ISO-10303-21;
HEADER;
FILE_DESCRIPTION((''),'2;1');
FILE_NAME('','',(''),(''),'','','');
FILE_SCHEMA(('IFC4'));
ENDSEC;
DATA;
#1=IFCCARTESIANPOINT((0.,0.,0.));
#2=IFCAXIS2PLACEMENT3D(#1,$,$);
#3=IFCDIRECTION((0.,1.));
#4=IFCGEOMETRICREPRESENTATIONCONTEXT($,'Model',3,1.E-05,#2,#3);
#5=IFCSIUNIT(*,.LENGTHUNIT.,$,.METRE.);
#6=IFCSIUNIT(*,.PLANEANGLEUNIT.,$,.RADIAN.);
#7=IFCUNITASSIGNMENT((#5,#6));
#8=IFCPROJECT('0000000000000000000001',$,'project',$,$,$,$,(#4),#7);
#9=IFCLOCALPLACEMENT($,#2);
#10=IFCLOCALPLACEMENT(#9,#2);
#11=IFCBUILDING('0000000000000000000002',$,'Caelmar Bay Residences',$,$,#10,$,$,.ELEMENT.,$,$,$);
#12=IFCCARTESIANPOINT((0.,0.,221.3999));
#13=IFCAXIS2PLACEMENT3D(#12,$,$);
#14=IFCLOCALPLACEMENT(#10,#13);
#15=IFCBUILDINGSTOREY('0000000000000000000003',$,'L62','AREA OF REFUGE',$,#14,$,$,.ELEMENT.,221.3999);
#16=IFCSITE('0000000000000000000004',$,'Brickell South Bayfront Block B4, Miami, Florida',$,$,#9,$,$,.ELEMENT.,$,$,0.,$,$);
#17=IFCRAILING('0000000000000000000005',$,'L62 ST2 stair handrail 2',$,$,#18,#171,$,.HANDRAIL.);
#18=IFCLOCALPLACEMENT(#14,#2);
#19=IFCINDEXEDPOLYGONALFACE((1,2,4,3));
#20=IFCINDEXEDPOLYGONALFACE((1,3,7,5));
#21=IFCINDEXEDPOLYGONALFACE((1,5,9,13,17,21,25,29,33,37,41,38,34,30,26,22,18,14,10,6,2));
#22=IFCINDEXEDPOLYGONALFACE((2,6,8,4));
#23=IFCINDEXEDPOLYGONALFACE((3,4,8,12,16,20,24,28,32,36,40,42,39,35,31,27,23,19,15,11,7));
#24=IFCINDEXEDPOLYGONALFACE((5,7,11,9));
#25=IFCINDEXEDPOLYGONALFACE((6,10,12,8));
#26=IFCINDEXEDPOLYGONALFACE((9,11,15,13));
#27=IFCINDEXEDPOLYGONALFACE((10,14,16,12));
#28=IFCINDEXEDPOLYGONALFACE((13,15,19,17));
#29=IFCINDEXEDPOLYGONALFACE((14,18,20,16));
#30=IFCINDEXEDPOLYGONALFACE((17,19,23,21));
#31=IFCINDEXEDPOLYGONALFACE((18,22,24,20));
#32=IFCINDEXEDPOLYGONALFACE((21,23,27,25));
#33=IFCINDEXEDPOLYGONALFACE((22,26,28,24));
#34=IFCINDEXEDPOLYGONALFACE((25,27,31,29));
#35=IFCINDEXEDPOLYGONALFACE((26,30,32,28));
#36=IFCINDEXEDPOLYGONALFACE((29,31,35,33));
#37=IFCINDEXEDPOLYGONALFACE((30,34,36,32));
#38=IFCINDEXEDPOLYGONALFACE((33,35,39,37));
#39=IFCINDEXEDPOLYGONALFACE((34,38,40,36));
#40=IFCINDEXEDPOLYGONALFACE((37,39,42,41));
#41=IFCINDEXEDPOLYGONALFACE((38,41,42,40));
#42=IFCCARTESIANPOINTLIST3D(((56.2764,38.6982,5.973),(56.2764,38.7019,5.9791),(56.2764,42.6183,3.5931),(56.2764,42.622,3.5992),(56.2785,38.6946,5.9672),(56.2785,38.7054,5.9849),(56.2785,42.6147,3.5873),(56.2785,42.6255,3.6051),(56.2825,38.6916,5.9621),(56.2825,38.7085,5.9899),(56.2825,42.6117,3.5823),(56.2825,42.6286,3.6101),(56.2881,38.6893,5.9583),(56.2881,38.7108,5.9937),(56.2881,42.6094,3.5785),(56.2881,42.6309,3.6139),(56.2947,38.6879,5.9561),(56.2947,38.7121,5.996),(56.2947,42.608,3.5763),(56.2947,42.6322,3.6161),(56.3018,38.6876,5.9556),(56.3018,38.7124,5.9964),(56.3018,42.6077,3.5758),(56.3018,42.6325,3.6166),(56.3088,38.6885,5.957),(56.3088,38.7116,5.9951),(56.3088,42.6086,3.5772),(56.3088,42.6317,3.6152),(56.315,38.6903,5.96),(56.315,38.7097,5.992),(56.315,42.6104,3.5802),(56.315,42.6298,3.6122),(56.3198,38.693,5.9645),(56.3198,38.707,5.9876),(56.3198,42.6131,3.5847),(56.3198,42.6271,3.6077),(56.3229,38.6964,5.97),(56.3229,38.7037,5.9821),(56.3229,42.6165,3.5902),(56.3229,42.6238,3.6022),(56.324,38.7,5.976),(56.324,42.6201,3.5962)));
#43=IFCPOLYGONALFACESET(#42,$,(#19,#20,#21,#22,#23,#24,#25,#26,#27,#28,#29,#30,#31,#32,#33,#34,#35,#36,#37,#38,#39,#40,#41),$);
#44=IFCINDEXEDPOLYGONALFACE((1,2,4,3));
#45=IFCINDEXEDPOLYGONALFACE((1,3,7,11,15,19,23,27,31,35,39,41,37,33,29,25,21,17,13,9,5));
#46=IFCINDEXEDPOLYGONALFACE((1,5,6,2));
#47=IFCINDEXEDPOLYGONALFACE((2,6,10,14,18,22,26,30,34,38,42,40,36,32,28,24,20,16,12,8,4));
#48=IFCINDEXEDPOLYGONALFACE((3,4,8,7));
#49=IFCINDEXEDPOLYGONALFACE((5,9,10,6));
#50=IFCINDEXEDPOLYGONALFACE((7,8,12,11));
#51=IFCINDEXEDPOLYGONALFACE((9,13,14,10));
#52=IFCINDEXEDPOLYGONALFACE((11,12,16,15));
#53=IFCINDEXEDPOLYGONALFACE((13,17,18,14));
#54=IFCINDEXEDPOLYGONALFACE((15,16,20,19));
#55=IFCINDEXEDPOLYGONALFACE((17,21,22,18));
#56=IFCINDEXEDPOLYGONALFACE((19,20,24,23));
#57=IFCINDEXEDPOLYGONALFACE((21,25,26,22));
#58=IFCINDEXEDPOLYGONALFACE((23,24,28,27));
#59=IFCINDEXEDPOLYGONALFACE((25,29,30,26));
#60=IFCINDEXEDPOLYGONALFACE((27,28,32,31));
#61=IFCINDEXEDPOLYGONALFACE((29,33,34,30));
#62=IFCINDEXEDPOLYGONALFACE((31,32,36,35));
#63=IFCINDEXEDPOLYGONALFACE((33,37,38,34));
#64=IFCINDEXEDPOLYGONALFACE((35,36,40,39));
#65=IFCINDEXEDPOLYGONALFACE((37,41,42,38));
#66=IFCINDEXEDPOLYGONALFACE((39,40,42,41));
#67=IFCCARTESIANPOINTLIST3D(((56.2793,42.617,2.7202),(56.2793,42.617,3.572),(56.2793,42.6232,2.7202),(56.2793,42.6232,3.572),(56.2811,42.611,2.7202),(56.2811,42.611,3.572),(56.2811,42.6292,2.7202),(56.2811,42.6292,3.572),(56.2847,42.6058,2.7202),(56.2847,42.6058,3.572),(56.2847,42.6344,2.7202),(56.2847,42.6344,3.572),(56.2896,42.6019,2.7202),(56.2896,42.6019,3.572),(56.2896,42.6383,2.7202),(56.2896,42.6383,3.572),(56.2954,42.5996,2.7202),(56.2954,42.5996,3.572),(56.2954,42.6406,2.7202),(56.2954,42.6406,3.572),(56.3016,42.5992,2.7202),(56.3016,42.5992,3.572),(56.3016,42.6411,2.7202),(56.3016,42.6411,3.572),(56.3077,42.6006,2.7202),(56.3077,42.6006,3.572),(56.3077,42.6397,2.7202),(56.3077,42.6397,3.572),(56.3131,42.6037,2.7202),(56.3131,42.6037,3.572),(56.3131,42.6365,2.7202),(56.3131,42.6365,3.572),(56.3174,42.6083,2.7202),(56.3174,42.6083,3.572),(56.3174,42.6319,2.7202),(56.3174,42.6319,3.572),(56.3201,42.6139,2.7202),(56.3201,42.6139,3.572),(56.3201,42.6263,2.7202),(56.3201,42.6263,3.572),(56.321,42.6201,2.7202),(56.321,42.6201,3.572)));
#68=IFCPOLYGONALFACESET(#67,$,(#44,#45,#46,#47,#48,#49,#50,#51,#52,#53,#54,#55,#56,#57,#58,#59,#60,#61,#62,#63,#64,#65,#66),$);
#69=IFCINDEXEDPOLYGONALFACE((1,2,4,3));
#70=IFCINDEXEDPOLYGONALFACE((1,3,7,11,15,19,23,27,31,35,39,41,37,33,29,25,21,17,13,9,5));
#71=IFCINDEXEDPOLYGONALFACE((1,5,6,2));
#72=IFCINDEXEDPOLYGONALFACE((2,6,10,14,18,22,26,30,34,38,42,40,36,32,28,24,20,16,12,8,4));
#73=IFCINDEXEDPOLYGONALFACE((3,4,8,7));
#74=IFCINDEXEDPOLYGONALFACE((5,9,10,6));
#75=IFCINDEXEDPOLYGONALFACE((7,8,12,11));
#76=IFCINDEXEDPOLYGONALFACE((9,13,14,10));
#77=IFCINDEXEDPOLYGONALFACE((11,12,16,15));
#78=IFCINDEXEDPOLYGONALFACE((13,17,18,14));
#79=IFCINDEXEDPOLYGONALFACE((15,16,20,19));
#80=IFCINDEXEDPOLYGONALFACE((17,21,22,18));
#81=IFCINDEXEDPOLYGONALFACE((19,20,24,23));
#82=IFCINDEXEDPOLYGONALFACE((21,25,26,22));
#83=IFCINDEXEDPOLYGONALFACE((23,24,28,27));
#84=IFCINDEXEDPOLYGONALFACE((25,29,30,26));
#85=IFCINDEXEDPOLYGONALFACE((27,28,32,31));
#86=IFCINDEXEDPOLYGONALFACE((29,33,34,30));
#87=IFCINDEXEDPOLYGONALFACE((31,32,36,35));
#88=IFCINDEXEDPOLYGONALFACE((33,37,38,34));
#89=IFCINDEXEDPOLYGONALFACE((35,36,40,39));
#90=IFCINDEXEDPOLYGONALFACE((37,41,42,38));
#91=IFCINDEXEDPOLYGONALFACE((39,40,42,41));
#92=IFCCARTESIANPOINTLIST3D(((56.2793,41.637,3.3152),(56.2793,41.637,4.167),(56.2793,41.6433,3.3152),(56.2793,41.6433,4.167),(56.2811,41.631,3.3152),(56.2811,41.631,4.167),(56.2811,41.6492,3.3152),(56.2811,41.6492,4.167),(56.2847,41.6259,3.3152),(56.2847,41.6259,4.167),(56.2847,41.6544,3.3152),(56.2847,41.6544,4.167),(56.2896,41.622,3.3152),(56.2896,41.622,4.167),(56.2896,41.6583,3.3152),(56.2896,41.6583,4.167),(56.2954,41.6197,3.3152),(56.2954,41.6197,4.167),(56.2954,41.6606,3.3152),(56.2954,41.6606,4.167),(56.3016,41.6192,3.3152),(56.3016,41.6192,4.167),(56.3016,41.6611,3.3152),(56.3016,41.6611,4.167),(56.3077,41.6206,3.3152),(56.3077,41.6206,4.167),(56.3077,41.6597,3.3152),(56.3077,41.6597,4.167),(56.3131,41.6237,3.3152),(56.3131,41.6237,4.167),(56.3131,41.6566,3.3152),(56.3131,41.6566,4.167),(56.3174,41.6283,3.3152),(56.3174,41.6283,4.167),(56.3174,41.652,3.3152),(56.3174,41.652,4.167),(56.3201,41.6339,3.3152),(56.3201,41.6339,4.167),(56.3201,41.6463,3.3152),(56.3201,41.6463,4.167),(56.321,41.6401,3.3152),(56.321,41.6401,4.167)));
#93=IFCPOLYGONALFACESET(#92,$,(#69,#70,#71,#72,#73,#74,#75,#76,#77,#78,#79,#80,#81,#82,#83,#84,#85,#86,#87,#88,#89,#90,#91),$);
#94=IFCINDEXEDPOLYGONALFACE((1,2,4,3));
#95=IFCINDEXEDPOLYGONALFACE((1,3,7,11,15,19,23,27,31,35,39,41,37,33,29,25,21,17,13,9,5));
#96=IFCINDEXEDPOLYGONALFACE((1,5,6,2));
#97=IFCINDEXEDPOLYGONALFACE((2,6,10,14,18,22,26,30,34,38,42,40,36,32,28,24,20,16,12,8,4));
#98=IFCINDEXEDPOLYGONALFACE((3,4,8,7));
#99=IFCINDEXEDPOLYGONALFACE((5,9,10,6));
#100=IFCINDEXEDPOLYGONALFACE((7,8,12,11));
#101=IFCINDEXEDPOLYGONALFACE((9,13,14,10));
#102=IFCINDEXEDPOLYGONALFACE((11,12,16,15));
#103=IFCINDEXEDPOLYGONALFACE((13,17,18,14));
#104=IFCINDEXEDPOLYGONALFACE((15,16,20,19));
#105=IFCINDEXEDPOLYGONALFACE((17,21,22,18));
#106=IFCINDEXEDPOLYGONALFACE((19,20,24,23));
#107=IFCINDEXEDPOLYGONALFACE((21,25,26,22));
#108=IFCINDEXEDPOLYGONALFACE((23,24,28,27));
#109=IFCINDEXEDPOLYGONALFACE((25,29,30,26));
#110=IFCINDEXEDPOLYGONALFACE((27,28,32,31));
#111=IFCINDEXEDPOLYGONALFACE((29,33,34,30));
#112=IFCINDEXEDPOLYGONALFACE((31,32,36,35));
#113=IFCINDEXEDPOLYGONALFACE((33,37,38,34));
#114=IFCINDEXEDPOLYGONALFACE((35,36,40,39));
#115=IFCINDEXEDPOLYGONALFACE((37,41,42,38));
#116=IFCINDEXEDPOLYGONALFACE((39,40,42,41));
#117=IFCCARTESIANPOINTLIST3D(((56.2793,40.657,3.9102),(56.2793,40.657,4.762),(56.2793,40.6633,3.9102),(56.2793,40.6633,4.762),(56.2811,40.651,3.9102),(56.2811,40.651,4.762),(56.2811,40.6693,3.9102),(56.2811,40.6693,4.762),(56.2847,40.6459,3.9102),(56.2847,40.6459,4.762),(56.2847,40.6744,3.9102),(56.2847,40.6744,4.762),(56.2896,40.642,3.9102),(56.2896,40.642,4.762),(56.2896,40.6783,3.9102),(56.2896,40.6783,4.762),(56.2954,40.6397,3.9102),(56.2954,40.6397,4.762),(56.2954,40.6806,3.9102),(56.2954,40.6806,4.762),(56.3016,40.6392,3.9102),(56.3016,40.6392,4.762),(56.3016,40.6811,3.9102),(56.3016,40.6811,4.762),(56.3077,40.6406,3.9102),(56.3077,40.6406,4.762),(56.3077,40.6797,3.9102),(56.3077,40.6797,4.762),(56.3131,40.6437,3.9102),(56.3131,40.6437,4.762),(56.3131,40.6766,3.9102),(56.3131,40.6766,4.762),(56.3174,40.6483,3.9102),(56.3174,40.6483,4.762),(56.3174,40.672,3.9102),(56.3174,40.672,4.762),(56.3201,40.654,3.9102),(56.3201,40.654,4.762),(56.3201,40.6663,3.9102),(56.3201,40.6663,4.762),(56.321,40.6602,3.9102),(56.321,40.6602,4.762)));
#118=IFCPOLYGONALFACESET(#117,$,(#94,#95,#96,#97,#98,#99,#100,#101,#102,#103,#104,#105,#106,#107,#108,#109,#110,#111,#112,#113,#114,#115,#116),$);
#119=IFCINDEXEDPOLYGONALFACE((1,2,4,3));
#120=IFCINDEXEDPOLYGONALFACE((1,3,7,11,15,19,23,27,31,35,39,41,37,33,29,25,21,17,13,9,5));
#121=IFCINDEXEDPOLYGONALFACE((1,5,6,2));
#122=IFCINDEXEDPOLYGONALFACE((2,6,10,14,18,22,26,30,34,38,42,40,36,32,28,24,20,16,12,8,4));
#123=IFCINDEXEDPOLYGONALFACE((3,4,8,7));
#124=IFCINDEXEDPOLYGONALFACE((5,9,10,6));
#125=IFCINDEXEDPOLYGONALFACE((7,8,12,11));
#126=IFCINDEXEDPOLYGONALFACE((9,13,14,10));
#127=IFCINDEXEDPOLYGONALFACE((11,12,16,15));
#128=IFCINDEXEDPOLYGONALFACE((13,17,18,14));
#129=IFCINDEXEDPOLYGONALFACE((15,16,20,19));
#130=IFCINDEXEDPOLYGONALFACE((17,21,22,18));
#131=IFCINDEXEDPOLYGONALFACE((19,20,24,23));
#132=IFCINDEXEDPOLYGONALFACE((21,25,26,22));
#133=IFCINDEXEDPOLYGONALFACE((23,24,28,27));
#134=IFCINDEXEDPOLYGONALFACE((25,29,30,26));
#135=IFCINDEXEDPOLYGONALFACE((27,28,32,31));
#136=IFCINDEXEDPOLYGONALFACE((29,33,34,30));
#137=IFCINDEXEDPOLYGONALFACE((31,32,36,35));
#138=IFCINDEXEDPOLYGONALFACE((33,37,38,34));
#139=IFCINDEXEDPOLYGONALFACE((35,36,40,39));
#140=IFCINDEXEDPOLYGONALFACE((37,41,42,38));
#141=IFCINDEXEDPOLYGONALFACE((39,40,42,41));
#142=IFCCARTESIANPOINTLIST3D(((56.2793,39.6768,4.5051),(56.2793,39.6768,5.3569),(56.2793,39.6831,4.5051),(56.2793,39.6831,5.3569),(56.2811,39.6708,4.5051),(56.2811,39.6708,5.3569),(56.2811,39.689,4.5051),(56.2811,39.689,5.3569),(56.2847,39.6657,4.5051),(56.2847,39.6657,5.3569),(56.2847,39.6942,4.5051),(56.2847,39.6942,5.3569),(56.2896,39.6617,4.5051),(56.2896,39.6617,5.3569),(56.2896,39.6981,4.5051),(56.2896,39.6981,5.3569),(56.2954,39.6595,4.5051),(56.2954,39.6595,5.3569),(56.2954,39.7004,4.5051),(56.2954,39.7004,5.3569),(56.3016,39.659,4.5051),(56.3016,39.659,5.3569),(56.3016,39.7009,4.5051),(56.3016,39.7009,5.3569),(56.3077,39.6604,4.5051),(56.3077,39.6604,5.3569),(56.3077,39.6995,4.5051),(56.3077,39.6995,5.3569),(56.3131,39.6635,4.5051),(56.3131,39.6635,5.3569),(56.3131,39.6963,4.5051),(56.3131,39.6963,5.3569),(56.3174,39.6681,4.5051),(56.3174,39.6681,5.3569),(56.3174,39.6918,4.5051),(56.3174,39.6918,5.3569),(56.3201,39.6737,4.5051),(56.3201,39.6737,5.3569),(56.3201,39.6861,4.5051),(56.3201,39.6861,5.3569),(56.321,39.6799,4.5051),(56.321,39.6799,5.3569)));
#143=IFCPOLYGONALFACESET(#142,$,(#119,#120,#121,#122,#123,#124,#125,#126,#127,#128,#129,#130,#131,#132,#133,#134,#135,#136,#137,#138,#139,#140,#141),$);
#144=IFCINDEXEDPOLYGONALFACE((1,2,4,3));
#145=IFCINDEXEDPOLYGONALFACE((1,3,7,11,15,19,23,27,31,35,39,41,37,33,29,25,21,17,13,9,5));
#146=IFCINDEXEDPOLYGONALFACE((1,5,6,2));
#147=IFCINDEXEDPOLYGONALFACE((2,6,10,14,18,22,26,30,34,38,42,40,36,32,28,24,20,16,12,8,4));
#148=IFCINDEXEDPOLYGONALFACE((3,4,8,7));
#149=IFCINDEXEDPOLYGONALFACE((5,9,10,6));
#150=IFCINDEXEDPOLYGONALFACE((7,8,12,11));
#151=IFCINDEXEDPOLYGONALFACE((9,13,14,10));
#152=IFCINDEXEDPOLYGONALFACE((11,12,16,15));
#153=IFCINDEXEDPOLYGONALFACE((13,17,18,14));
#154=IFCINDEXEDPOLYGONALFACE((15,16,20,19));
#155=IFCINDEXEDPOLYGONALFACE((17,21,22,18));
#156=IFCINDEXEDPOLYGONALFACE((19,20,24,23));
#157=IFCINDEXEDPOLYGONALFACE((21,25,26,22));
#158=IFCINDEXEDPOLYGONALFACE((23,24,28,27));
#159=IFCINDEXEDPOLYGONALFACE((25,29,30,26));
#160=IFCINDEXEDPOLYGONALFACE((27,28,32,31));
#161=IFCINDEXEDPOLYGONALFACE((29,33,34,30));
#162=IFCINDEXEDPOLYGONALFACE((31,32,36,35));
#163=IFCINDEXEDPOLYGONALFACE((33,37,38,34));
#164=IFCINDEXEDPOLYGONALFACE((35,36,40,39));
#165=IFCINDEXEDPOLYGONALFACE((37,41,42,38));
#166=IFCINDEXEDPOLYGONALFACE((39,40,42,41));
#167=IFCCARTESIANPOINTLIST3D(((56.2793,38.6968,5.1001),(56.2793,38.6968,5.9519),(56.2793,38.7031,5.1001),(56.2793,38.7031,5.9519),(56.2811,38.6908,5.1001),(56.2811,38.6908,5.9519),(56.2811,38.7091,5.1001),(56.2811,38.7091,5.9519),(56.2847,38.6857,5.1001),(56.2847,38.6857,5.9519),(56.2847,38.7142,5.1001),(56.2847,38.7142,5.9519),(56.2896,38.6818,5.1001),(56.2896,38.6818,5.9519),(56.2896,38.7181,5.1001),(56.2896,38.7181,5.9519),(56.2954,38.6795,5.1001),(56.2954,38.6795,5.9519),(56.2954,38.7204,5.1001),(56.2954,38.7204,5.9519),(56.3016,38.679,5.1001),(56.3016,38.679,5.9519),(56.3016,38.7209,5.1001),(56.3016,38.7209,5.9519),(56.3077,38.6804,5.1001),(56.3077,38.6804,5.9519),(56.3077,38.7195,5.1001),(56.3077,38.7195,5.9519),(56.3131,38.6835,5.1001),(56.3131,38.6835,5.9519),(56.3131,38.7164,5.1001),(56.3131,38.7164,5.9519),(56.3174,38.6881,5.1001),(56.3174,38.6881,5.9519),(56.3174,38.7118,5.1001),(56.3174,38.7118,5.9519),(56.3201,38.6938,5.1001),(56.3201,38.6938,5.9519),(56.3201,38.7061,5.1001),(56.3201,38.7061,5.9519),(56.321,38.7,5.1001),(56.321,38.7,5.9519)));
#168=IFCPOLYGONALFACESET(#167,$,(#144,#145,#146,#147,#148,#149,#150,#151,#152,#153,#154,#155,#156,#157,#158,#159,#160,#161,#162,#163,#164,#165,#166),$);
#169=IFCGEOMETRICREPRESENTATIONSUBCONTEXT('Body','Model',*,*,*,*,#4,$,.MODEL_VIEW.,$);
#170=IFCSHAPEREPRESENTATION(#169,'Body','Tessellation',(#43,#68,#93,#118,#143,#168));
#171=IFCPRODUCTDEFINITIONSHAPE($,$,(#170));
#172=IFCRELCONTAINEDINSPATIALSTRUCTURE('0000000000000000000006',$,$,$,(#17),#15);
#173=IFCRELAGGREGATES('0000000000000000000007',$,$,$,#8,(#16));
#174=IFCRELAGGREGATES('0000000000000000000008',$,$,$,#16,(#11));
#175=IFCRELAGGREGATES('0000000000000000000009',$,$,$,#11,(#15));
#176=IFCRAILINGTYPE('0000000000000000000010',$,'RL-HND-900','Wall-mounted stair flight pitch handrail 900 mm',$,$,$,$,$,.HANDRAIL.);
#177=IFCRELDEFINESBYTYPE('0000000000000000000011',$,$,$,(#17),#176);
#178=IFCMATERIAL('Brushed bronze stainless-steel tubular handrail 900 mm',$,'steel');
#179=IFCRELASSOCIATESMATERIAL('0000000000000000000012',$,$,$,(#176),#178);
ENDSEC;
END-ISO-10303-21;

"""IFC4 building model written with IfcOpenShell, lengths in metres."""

from ifc_helpers import new_model, si_unit, direction, frame, origin, origin_2d, place, context, subcontext, project, spatial, circle, extrude, material, type_object, element, save


model = new_model("IFC4")

# Units and contexts
model_context = context("Model", 3, precision=1e-05, world=origin(), true_north=direction((0.0, 1.0)))
body_context = subcontext(model_context, "Body", "Model", "MODEL_VIEW")
ifc_project = project(units=[si_unit("LENGTHUNIT", "METRE"), si_unit("PLANEANGLEUNIT", "RADIAN")], contexts=[model_context])

# Site, building, storey
site_placement = place(None, origin())
site = spatial("IfcSite", under=ifc_project, at=site_placement, Name="Brickell South Bayfront Block B4, Miami, Florida", CompositionType="ELEMENT", RefElevation=0.0)
building_placement = place(site_placement, origin())
building = spatial("IfcBuilding", under=site, at=building_placement, Name="Caelmar Bay Residences", CompositionType="ELEMENT")
storey_placement = place(building_placement, frame((0.0, 0.0, 221.3999)))
storey = spatial("IfcBuildingStorey", under=building, at=storey_placement, Name="L62", Description="AREA OF REFUGE", CompositionType="ELEMENT", Elevation=221.3999)

# Railing
ifc_material_1 = material(Name="Brushed bronze stainless-steel tubular handrail 900 mm", Category="steel")
railing_type_1 = type_object("IfcRailingType", Name="RL-HND-900", Description="Wall-mounted stair flight pitch handrail 900 mm", PredefinedType="HANDRAIL", material=ifc_material_1)
railing_1_placement = place(storey_placement, frame((56.3, 42.6201, 2.7202)))
element("IfcRailing", 1, at=railing_1_placement, inside=storey, type_object=railing_type_1, Name="L62 ST2 stair handrail 2", PredefinedType="HANDRAIL", context=body_context, shape_type="SweptSolid", body=[
    extrude(circle(Radius=0.0239, at=origin_2d()), frame((0.0, 0.0, 0.876), z_axis=(0.0, -0.854809, 0.518943), x_axis=(1.0, 0.0, 0.0)), (0.0, 0.0, 1.0), 4.5859),
    extrude(circle(Radius=0.021, at=origin_2d()), origin(), (0.0, 0.0, 1.0), 0.8518),
    extrude(circle(Radius=0.021, at=origin_2d()), frame((0.0, -0.98, 0.595)), (0.0, 0.0, 1.0), 0.8518),
    extrude(circle(Radius=0.021, at=origin_2d()), frame((0.0, -1.96, 1.1899)), (0.0, 0.0, 1.0), 0.8518),
    extrude(circle(Radius=0.021, at=origin_2d()), frame((0.0, -2.9402, 1.7849)), (0.0, 0.0, 1.0), 0.8518),
    extrude(circle(Radius=0.021, at=origin_2d()), frame((0.0, -3.9202, 2.3799)), (0.0, 0.0, 1.0), 0.8518),
])

save(model, "model.ifc")
